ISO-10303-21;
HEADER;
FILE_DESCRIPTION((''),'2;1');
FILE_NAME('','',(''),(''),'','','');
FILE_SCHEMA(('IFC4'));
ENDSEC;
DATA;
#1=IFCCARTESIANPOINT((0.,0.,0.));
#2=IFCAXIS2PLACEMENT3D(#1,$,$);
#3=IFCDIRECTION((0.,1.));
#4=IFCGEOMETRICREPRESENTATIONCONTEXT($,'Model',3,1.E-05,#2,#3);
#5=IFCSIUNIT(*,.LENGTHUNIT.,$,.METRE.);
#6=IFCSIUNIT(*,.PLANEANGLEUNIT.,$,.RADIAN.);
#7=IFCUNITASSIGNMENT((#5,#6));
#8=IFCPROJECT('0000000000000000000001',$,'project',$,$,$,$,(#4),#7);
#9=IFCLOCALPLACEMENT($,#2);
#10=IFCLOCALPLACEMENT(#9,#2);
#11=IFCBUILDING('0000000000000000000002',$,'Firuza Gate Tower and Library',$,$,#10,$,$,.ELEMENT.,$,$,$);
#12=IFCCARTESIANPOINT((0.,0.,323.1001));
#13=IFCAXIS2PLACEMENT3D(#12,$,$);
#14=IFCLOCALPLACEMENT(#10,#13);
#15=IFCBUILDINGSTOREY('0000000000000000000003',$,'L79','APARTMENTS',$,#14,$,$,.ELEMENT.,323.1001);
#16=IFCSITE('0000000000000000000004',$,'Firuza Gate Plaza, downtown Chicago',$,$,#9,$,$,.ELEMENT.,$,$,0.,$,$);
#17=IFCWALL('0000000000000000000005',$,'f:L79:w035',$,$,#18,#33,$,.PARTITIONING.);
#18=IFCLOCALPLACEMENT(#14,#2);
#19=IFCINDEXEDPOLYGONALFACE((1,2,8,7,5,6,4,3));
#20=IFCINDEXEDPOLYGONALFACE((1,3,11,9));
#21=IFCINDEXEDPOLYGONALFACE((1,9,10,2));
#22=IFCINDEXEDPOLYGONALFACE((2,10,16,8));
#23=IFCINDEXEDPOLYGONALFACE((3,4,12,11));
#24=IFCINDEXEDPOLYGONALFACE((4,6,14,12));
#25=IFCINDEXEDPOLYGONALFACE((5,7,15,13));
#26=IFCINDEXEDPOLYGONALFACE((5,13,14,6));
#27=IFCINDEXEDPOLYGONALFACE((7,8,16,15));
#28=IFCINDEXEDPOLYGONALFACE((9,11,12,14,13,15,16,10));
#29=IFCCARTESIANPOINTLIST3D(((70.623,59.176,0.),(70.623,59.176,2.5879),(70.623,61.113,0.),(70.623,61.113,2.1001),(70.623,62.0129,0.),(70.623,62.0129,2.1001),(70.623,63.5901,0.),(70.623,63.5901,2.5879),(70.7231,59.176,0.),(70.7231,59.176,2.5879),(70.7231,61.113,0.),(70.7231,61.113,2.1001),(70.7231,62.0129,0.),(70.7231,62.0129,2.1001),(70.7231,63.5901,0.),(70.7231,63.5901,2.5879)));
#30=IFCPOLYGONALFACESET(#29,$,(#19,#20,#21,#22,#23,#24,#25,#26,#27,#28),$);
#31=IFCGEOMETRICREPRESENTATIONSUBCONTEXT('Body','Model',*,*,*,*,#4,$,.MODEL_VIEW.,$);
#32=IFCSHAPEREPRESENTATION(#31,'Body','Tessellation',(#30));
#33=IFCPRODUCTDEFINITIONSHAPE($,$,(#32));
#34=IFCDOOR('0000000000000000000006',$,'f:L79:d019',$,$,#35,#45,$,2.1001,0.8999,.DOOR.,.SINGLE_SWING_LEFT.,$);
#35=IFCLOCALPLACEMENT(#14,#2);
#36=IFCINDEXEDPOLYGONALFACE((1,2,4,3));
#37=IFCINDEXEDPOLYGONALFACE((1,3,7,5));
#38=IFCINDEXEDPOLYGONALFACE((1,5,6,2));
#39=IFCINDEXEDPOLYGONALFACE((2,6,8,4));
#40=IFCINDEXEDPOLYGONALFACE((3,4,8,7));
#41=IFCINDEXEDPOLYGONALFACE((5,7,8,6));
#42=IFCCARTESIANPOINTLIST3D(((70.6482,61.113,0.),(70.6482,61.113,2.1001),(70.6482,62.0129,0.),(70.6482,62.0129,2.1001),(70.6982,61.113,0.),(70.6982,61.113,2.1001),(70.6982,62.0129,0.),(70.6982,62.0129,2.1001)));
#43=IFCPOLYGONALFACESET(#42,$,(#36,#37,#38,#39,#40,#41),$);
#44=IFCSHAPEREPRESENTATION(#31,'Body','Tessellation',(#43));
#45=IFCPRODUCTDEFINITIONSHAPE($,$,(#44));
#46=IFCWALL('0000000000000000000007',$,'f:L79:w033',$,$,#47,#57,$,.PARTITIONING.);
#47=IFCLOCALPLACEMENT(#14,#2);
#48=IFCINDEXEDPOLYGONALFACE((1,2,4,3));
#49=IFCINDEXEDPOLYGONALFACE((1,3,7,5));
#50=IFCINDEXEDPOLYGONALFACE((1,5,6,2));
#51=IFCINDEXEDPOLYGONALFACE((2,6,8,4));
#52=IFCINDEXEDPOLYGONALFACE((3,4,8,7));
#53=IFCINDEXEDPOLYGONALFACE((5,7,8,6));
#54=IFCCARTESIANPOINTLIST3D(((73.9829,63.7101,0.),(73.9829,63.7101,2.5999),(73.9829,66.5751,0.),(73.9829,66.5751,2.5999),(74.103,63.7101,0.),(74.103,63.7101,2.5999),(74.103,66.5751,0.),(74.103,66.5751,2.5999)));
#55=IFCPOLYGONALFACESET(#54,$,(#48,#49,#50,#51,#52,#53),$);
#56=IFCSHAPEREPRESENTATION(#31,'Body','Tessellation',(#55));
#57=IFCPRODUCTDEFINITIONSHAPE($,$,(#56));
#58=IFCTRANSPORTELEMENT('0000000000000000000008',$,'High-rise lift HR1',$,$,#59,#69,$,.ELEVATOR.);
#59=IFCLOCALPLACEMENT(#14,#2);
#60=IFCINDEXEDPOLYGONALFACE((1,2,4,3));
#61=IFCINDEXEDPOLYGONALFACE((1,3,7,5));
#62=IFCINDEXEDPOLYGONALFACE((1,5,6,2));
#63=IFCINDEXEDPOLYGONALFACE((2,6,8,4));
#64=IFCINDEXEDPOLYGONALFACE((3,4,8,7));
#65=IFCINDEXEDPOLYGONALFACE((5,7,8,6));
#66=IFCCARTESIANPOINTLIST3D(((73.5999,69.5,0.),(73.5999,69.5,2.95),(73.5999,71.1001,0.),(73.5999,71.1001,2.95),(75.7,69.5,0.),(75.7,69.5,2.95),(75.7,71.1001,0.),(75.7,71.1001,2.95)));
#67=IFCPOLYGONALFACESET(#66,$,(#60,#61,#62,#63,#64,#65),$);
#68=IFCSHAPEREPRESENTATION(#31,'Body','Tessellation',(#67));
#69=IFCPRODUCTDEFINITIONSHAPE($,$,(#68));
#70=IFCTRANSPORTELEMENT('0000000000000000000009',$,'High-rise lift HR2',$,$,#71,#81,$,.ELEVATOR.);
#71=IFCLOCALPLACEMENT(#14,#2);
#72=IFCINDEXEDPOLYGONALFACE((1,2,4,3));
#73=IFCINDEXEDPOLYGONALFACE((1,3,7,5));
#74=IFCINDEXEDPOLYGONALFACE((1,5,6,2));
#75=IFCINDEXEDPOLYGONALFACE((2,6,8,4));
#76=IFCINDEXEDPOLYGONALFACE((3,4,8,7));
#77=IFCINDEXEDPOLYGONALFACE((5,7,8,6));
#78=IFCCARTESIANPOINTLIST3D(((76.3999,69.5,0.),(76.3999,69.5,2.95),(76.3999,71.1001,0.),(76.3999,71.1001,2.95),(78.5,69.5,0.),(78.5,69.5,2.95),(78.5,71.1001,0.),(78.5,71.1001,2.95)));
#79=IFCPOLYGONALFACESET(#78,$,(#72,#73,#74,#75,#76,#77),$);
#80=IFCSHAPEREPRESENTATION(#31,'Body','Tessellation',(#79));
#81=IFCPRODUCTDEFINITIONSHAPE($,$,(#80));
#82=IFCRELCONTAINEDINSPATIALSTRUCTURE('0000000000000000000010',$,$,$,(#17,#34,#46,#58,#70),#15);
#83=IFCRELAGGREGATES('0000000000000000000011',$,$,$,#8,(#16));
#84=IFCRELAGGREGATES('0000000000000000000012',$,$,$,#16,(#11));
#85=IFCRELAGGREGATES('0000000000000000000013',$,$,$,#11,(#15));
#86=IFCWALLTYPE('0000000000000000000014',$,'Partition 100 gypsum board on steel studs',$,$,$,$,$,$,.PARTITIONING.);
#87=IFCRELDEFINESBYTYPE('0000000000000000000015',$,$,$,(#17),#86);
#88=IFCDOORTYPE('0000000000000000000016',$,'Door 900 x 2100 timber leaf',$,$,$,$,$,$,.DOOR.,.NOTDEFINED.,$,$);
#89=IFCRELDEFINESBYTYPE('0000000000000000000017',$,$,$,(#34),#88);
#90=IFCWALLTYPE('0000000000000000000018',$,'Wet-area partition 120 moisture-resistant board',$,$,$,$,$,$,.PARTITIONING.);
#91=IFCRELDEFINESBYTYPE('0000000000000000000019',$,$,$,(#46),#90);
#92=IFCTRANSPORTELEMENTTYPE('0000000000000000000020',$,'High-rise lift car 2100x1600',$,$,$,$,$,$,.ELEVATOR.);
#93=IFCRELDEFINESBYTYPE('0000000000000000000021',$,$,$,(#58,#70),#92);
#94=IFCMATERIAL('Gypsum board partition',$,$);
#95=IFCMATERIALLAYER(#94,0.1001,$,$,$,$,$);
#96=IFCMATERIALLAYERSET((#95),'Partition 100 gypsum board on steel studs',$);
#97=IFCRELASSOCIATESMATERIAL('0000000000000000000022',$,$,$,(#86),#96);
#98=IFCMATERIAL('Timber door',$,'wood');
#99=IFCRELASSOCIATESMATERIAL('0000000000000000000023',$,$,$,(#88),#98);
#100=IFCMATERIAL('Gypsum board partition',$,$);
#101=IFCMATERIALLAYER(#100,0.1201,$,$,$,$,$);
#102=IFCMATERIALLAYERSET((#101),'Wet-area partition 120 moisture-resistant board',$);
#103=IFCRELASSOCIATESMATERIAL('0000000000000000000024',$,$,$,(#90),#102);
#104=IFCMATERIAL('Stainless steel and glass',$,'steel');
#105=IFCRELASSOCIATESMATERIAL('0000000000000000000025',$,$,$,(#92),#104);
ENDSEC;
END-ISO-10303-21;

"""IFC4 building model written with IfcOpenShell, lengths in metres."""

from ifc_helpers import new_model, si_unit, direction, frame, frame_2d, origin, origin_2d, place, context, subcontext, project, spatial, rectangle, extrude, material, layer, layer_set, type_object, element, fill, save


model = new_model("IFC4")

# Units and contexts
model_context = context("Model", 3, precision=1e-05, world=origin(), true_north=direction((0.0, 1.0)))
body_context = subcontext(model_context, "Body", "Model", "MODEL_VIEW")
ifc_project = project(units=[si_unit("LENGTHUNIT", "METRE"), si_unit("PLANEANGLEUNIT", "RADIAN")], contexts=[model_context])

# Site, building, storey
site_placement = place(None, origin())
site = spatial("IfcSite", under=ifc_project, at=site_placement, Name="Firuza Gate Plaza, downtown Chicago", CompositionType="ELEMENT", RefElevation=0.0)
building_placement = place(site_placement, origin())
building = spatial("IfcBuilding", under=site, at=building_placement, Name="Firuza Gate Tower and Library", CompositionType="ELEMENT")
storey_placement = place(building_placement, frame((0.0, 0.0, 323.1001)))
storey = spatial("IfcBuildingStorey", under=building, at=storey_placement, Name="L79", Description="APARTMENTS", CompositionType="ELEMENT", Elevation=323.1001)

# Wall, opening, door
ifc_material_1 = material(Name="Gypsum board partition")
ifc_layer_1 = layer(ifc_material_1, 0.1001)
ifc_layer_set_1 = layer_set([ifc_layer_1], Name="Partition 100 gypsum board on steel studs")
wall_type_1 = type_object("IfcWallType", Name="Partition 100 gypsum board on steel studs", PredefinedType="PARTITIONING", material=ifc_layer_set_1)
ifc_material_2 = material(Name="Timber door", Category="wood")
door_type_1 = type_object("IfcDoorType", Name="Door 900 x 2100 timber leaf", OperationType="NOTDEFINED", PredefinedType="DOOR", material=ifc_material_2)
wall_1_placement = place(storey_placement, frame((70.6731, 59.176, 0.0), z_axis=(0.0, 0.0, 1.0), x_axis=(0.0, 1.0, 0.0)))
wall_1 = element("IfcWall", 1, at=wall_1_placement, inside=storey, type_object=wall_type_1, Name="f:L79:w035", PredefinedType="PARTITIONING", context=body_context, shape_type="SweptSolid", body=[
    extrude(rectangle(XDim=4.4141, YDim=0.1001, at=frame_2d((2.207, 0.0))), origin(), (0.0, 0.0, 1.0), 2.5879),
])
opening_1_placement = place(wall_1_placement, frame((1.937, 0.0, 0.0)))
opening_1 = element("IfcOpeningElement", 2, at=opening_1_placement, cuts=wall_1, PredefinedType="OPENING", context=body_context, shape_type="SweptSolid", body=[
    extrude(rectangle(XDim=0.8999, YDim=2.1001, at=frame_2d((0.45, 1.05))), frame((0.0, 0.0601, 0.0), z_axis=(0.0, -1.0, 0.0), x_axis=(1.0, 0.0, 0.0)), (0.0, 0.0, 1.0), 0.1201),
])
door_1_placement = place(opening_1_placement, origin())
door_1 = element("IfcDoor", 3, at=door_1_placement, inside=storey, type_object=door_type_1, Name="f:L79:d019", OperationType="SINGLE_SWING_LEFT", OverallHeight=2.1001, OverallWidth=0.8999, PredefinedType="DOOR", context=body_context, shape_type="SweptSolid", body=[
    extrude(rectangle(XDim=0.8999, YDim=2.1001, at=frame_2d((0.45, 1.05))), frame((0.0, 0.0249, 0.0), z_axis=(0.0, -1.0, 0.0), x_axis=(1.0, 0.0, 0.0)), (0.0, 0.0, 1.0), 0.05),
])
fill(opening_1, door_1)

# Wall
ifc_material_3 = material(Name="Gypsum board partition")
ifc_layer_2 = layer(ifc_material_3, 0.1201)
ifc_layer_set_2 = layer_set([ifc_layer_2], Name="Wet-area partition 120 moisture-resistant board")
wall_type_2 = type_object("IfcWallType", Name="Wet-area partition 120 moisture-resistant board", PredefinedType="PARTITIONING", material=ifc_layer_set_2)
wall_2_placement = place(storey_placement, frame((74.043, 63.71, 0.0), z_axis=(0.0, 0.0, 1.0), x_axis=(0.0, 1.0, 0.0)))
element("IfcWall", 4, at=wall_2_placement, inside=storey, type_object=wall_type_2, Name="f:L79:w033", PredefinedType="PARTITIONING", context=body_context, shape_type="SweptSolid", body=[
    extrude(rectangle(XDim=2.865, YDim=0.1201, at=frame_2d((1.4326, 0.0))), origin(), (0.0, 0.0, 1.0), 2.5999),
])

# Transport elements
ifc_material_4 = material(Name="Stainless steel and glass", Category="steel")
transport_element_type = type_object("IfcTransportElementType", Name="High-rise lift car 2100x1600", PredefinedType="ELEVATOR", material=ifc_material_4)
for number, where, z_axis, x_axis, name in (
    (5, (74.6499, 70.3, 0.0), (0.0, 0.0, 1.0), (1.0, 0.0, 0.0), "High-rise lift HR1"),
    (6, (77.45, 70.3, 0.0), (0.0, 0.0, 1.0), (1.0, 0.0, 0.0), "High-rise lift HR2"),
):
    element("IfcTransportElement", number, at=place(storey_placement, frame(where, z_axis=z_axis, x_axis=x_axis)), inside=storey, type_object=transport_element_type, Name=name, PredefinedType="ELEVATOR", context=body_context, shape_type="SweptSolid", body=[
        extrude(rectangle(XDim=2.1001, YDim=1.6001, at=origin_2d()), origin(), (0.0, 0.0, 1.0), 2.95),
    ])

save(model, "model.ifc")
